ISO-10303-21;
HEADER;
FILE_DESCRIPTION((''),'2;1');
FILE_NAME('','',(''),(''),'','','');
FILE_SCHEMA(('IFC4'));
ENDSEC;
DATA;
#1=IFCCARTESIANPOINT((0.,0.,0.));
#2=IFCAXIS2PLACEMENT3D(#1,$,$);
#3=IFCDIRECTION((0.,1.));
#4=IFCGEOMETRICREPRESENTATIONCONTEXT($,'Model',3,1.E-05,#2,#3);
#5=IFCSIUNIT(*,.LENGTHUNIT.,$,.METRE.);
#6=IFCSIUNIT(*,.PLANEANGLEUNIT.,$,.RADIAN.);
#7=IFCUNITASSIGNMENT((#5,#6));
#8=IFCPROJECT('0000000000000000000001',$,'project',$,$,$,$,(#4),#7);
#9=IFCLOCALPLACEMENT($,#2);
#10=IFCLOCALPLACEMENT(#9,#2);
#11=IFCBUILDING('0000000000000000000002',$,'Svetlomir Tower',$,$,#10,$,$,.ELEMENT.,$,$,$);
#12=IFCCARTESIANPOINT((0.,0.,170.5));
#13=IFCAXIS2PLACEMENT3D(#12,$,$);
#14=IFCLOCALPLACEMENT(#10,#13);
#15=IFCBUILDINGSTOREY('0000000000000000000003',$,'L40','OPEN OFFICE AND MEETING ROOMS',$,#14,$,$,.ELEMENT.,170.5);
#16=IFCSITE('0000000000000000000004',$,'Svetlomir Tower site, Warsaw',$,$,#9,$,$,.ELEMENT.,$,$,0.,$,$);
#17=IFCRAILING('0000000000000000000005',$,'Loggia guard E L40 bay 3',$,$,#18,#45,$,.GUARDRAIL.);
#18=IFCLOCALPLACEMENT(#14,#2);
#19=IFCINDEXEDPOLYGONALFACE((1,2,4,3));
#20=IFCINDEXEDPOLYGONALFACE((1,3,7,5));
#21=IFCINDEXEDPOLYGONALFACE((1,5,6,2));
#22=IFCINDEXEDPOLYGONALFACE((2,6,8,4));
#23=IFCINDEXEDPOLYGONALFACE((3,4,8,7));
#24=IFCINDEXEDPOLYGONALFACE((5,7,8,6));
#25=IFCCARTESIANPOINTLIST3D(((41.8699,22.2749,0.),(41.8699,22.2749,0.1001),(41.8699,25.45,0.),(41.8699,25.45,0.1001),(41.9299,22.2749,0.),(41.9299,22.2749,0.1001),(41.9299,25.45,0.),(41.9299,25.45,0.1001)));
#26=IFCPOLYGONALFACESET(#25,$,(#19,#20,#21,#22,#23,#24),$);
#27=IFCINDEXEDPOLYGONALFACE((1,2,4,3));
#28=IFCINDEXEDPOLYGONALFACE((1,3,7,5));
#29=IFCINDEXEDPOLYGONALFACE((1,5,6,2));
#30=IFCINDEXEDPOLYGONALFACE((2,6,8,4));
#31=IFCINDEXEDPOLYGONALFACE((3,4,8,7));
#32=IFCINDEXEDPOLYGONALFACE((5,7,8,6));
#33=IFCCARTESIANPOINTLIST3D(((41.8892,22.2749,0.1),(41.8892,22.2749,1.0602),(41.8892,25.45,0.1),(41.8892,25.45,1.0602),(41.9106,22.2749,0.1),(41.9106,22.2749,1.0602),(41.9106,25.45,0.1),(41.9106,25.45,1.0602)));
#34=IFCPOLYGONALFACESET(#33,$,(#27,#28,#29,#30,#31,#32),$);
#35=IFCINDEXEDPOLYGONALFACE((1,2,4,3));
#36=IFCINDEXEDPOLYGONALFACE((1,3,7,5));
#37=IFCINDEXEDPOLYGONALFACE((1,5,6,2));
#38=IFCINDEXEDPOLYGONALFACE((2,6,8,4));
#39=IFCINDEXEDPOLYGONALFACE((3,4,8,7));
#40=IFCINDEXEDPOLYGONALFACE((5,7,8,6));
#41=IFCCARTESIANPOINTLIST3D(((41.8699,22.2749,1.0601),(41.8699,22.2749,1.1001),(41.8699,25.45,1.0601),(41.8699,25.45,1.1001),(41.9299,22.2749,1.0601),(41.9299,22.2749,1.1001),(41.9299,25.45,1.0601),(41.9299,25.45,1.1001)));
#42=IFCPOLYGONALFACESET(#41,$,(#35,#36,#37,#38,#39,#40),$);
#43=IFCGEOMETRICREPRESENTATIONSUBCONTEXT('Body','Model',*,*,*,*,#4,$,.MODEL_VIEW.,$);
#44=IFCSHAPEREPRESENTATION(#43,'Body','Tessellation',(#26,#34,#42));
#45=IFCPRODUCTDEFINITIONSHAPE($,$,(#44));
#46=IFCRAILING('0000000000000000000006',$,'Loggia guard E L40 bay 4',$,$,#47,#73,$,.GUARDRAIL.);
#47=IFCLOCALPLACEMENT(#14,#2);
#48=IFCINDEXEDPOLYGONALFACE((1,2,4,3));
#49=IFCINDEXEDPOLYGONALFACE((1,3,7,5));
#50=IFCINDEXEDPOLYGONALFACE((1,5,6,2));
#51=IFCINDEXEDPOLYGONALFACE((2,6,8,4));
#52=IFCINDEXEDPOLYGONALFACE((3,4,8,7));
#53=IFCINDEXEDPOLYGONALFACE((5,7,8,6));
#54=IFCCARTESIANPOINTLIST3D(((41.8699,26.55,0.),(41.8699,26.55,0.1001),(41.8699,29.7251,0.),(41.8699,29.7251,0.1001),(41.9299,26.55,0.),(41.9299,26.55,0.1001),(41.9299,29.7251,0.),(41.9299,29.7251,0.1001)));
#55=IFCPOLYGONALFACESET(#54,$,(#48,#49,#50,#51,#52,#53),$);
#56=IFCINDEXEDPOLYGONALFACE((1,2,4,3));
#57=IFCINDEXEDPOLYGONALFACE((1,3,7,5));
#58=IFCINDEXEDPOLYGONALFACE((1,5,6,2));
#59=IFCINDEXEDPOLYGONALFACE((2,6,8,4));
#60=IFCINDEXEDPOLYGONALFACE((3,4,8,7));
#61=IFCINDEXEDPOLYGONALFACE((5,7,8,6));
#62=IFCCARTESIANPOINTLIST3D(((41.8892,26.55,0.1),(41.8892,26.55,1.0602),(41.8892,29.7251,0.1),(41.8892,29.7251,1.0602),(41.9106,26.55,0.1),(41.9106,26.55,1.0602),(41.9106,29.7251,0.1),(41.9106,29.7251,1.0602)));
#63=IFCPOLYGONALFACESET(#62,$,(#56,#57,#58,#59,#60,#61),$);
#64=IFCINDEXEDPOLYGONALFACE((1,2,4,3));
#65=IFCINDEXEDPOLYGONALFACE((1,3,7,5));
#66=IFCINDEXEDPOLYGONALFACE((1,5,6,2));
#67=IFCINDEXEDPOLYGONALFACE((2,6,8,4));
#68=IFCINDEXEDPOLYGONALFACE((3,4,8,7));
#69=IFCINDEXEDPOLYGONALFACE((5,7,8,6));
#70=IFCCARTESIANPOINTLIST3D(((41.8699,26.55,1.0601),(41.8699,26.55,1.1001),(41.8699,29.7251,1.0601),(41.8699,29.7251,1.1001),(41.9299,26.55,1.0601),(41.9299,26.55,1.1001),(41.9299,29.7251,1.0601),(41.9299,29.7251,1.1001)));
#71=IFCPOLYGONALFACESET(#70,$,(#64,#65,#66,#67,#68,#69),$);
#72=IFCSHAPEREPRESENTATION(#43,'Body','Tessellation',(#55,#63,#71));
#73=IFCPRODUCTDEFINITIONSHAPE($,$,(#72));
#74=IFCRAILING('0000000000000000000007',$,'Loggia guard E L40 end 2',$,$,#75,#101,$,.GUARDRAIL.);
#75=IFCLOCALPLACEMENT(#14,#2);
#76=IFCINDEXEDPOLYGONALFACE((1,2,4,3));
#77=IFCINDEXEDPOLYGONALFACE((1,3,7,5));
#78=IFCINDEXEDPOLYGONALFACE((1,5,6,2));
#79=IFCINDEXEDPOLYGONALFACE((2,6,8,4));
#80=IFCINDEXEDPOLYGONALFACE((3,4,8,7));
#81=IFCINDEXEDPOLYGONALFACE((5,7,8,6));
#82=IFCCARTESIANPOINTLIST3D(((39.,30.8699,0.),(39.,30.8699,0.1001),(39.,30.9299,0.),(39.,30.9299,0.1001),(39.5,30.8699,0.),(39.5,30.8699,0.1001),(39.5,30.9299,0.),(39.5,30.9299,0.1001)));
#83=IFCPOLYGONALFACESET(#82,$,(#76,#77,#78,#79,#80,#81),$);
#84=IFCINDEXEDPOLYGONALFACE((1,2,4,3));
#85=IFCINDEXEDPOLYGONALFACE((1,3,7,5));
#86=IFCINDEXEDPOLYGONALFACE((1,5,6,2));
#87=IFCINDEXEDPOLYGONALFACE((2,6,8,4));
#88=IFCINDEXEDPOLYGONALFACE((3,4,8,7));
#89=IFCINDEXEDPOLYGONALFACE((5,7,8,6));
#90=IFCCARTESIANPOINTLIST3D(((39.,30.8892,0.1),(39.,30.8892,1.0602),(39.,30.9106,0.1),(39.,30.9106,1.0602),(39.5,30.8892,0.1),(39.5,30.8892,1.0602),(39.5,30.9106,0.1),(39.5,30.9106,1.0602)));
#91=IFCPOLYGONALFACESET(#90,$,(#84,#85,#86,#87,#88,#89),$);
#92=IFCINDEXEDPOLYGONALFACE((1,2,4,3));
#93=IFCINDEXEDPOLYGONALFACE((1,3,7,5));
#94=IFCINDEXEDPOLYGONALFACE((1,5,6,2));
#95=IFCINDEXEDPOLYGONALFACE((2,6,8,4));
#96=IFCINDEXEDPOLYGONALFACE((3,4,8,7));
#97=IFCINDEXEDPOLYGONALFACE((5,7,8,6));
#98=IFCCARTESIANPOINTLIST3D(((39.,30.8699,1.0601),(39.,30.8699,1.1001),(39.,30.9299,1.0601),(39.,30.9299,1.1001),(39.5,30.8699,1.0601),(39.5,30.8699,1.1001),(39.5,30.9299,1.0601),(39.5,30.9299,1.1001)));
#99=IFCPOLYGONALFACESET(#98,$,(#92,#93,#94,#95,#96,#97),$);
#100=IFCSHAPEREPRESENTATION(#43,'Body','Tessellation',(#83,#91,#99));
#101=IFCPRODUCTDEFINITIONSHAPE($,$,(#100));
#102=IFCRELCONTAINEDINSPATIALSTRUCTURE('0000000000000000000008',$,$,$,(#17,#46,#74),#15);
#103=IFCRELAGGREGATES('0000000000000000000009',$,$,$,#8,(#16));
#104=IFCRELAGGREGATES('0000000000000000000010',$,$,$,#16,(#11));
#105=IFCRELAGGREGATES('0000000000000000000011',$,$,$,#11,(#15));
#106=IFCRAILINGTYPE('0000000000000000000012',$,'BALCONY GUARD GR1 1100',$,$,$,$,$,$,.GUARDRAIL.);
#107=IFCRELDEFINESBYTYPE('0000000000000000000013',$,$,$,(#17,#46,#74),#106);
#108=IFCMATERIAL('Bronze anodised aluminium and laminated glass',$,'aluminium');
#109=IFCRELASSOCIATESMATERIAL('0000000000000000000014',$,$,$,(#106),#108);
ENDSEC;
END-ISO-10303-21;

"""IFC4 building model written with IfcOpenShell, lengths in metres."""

from ifc_helpers import new_model, si_unit, direction, frame, origin, origin_2d, place, context, subcontext, project, spatial, rectangle, extrude, material, type_object, element, save


model = new_model("IFC4")

# Units and contexts
model_context = context("Model", 3, precision=1e-05, world=origin(), true_north=direction((0.0, 1.0)))
body_context = subcontext(model_context, "Body", "Model", "MODEL_VIEW")
ifc_project = project(units=[si_unit("LENGTHUNIT", "METRE"), si_unit("PLANEANGLEUNIT", "RADIAN")], contexts=[model_context])

# Site, building, storey
site_placement = place(None, origin())
site = spatial("IfcSite", under=ifc_project, at=site_placement, Name="Svetlomir Tower site, Warsaw", CompositionType="ELEMENT", RefElevation=0.0)
building_placement = place(site_placement, origin())
building = spatial("IfcBuilding", under=site, at=building_placement, Name="Svetlomir Tower", CompositionType="ELEMENT")
storey_placement = place(building_placement, frame((0.0, 0.0, 170.5)))
storey = spatial("IfcBuildingStorey", under=building, at=storey_placement, Name="L40", Description="OPEN OFFICE AND MEETING ROOMS", CompositionType="ELEMENT", Elevation=170.5)

# Railings
ifc_material_1 = material(Name="Bronze anodised aluminium and laminated glass", Category="aluminium")
railing_type = type_object("IfcRailingType", Name="BALCONY GUARD GR1 1100", PredefinedType="GUARDRAIL", material=ifc_material_1)
for number, where, name in (
    (1, (41.8999, 22.2749, 0.0), "Loggia guard E L40 bay 3"),
    (2, (41.8999, 26.55, 0.0), "Loggia guard E L40 bay 4"),
):
    element("IfcRailing", number, at=place(storey_placement, frame(where)), inside=storey, type_object=railing_type, Name=name, PredefinedType="GUARDRAIL", context=body_context, shape_type="SweptSolid", body=[
        extrude(rectangle(XDim=0.0601, YDim=0.1001, at=origin_2d()), frame((0.0, 0.0, 0.05), z_axis=(0.0, 1.0, 0.0), x_axis=(-1.0, 0.0, 0.0)), (0.0, 0.0, 1.0), 3.175),
        extrude(rectangle(XDim=0.0215, YDim=0.9602, at=origin_2d()), frame((0.0, 0.0, 0.5801), z_axis=(0.0, 1.0, 0.0), x_axis=(-1.0, 0.0, 0.0)), (0.0, 0.0, 1.0), 3.175),
        extrude(rectangle(XDim=0.0601, YDim=0.04, at=origin_2d()), frame((0.0, 0.0, 1.0801), z_axis=(0.0, 1.0, 0.0), x_axis=(-1.0, 0.0, 0.0)), (0.0, 0.0, 1.0), 3.175),
    ])
railing_placement = place(storey_placement, frame((39.5, 30.8999, 0.0)))
element("IfcRailing", 3, at=railing_placement, inside=storey, type_object=railing_type, Name="Loggia guard E L40 end 2", PredefinedType="GUARDRAIL", context=body_context, shape_type="SweptSolid", body=[
    extrude(rectangle(XDim=0.0601, YDim=0.1001, at=origin_2d()), frame((0.0, 0.0, 0.05), z_axis=(-1.0, 0.0, 0.0), x_axis=(0.0, -1.0, 0.0)), (0.0, 0.0, 1.0), 0.5),
    extrude(rectangle(XDim=0.0215, YDim=0.9602, at=origin_2d()), frame((0.0, 0.0, 0.5801), z_axis=(-1.0, 0.0, 0.0), x_axis=(0.0, -1.0, 0.0)), (0.0, 0.0, 1.0), 0.5),
    extrude(rectangle(XDim=0.0601, YDim=0.04, at=origin_2d()), frame((0.0, 0.0, 1.0801), z_axis=(-1.0, 0.0, 0.0), x_axis=(0.0, -1.0, 0.0)), (0.0, 0.0, 1.0), 0.5),
])

save(model, "model.ifc")
